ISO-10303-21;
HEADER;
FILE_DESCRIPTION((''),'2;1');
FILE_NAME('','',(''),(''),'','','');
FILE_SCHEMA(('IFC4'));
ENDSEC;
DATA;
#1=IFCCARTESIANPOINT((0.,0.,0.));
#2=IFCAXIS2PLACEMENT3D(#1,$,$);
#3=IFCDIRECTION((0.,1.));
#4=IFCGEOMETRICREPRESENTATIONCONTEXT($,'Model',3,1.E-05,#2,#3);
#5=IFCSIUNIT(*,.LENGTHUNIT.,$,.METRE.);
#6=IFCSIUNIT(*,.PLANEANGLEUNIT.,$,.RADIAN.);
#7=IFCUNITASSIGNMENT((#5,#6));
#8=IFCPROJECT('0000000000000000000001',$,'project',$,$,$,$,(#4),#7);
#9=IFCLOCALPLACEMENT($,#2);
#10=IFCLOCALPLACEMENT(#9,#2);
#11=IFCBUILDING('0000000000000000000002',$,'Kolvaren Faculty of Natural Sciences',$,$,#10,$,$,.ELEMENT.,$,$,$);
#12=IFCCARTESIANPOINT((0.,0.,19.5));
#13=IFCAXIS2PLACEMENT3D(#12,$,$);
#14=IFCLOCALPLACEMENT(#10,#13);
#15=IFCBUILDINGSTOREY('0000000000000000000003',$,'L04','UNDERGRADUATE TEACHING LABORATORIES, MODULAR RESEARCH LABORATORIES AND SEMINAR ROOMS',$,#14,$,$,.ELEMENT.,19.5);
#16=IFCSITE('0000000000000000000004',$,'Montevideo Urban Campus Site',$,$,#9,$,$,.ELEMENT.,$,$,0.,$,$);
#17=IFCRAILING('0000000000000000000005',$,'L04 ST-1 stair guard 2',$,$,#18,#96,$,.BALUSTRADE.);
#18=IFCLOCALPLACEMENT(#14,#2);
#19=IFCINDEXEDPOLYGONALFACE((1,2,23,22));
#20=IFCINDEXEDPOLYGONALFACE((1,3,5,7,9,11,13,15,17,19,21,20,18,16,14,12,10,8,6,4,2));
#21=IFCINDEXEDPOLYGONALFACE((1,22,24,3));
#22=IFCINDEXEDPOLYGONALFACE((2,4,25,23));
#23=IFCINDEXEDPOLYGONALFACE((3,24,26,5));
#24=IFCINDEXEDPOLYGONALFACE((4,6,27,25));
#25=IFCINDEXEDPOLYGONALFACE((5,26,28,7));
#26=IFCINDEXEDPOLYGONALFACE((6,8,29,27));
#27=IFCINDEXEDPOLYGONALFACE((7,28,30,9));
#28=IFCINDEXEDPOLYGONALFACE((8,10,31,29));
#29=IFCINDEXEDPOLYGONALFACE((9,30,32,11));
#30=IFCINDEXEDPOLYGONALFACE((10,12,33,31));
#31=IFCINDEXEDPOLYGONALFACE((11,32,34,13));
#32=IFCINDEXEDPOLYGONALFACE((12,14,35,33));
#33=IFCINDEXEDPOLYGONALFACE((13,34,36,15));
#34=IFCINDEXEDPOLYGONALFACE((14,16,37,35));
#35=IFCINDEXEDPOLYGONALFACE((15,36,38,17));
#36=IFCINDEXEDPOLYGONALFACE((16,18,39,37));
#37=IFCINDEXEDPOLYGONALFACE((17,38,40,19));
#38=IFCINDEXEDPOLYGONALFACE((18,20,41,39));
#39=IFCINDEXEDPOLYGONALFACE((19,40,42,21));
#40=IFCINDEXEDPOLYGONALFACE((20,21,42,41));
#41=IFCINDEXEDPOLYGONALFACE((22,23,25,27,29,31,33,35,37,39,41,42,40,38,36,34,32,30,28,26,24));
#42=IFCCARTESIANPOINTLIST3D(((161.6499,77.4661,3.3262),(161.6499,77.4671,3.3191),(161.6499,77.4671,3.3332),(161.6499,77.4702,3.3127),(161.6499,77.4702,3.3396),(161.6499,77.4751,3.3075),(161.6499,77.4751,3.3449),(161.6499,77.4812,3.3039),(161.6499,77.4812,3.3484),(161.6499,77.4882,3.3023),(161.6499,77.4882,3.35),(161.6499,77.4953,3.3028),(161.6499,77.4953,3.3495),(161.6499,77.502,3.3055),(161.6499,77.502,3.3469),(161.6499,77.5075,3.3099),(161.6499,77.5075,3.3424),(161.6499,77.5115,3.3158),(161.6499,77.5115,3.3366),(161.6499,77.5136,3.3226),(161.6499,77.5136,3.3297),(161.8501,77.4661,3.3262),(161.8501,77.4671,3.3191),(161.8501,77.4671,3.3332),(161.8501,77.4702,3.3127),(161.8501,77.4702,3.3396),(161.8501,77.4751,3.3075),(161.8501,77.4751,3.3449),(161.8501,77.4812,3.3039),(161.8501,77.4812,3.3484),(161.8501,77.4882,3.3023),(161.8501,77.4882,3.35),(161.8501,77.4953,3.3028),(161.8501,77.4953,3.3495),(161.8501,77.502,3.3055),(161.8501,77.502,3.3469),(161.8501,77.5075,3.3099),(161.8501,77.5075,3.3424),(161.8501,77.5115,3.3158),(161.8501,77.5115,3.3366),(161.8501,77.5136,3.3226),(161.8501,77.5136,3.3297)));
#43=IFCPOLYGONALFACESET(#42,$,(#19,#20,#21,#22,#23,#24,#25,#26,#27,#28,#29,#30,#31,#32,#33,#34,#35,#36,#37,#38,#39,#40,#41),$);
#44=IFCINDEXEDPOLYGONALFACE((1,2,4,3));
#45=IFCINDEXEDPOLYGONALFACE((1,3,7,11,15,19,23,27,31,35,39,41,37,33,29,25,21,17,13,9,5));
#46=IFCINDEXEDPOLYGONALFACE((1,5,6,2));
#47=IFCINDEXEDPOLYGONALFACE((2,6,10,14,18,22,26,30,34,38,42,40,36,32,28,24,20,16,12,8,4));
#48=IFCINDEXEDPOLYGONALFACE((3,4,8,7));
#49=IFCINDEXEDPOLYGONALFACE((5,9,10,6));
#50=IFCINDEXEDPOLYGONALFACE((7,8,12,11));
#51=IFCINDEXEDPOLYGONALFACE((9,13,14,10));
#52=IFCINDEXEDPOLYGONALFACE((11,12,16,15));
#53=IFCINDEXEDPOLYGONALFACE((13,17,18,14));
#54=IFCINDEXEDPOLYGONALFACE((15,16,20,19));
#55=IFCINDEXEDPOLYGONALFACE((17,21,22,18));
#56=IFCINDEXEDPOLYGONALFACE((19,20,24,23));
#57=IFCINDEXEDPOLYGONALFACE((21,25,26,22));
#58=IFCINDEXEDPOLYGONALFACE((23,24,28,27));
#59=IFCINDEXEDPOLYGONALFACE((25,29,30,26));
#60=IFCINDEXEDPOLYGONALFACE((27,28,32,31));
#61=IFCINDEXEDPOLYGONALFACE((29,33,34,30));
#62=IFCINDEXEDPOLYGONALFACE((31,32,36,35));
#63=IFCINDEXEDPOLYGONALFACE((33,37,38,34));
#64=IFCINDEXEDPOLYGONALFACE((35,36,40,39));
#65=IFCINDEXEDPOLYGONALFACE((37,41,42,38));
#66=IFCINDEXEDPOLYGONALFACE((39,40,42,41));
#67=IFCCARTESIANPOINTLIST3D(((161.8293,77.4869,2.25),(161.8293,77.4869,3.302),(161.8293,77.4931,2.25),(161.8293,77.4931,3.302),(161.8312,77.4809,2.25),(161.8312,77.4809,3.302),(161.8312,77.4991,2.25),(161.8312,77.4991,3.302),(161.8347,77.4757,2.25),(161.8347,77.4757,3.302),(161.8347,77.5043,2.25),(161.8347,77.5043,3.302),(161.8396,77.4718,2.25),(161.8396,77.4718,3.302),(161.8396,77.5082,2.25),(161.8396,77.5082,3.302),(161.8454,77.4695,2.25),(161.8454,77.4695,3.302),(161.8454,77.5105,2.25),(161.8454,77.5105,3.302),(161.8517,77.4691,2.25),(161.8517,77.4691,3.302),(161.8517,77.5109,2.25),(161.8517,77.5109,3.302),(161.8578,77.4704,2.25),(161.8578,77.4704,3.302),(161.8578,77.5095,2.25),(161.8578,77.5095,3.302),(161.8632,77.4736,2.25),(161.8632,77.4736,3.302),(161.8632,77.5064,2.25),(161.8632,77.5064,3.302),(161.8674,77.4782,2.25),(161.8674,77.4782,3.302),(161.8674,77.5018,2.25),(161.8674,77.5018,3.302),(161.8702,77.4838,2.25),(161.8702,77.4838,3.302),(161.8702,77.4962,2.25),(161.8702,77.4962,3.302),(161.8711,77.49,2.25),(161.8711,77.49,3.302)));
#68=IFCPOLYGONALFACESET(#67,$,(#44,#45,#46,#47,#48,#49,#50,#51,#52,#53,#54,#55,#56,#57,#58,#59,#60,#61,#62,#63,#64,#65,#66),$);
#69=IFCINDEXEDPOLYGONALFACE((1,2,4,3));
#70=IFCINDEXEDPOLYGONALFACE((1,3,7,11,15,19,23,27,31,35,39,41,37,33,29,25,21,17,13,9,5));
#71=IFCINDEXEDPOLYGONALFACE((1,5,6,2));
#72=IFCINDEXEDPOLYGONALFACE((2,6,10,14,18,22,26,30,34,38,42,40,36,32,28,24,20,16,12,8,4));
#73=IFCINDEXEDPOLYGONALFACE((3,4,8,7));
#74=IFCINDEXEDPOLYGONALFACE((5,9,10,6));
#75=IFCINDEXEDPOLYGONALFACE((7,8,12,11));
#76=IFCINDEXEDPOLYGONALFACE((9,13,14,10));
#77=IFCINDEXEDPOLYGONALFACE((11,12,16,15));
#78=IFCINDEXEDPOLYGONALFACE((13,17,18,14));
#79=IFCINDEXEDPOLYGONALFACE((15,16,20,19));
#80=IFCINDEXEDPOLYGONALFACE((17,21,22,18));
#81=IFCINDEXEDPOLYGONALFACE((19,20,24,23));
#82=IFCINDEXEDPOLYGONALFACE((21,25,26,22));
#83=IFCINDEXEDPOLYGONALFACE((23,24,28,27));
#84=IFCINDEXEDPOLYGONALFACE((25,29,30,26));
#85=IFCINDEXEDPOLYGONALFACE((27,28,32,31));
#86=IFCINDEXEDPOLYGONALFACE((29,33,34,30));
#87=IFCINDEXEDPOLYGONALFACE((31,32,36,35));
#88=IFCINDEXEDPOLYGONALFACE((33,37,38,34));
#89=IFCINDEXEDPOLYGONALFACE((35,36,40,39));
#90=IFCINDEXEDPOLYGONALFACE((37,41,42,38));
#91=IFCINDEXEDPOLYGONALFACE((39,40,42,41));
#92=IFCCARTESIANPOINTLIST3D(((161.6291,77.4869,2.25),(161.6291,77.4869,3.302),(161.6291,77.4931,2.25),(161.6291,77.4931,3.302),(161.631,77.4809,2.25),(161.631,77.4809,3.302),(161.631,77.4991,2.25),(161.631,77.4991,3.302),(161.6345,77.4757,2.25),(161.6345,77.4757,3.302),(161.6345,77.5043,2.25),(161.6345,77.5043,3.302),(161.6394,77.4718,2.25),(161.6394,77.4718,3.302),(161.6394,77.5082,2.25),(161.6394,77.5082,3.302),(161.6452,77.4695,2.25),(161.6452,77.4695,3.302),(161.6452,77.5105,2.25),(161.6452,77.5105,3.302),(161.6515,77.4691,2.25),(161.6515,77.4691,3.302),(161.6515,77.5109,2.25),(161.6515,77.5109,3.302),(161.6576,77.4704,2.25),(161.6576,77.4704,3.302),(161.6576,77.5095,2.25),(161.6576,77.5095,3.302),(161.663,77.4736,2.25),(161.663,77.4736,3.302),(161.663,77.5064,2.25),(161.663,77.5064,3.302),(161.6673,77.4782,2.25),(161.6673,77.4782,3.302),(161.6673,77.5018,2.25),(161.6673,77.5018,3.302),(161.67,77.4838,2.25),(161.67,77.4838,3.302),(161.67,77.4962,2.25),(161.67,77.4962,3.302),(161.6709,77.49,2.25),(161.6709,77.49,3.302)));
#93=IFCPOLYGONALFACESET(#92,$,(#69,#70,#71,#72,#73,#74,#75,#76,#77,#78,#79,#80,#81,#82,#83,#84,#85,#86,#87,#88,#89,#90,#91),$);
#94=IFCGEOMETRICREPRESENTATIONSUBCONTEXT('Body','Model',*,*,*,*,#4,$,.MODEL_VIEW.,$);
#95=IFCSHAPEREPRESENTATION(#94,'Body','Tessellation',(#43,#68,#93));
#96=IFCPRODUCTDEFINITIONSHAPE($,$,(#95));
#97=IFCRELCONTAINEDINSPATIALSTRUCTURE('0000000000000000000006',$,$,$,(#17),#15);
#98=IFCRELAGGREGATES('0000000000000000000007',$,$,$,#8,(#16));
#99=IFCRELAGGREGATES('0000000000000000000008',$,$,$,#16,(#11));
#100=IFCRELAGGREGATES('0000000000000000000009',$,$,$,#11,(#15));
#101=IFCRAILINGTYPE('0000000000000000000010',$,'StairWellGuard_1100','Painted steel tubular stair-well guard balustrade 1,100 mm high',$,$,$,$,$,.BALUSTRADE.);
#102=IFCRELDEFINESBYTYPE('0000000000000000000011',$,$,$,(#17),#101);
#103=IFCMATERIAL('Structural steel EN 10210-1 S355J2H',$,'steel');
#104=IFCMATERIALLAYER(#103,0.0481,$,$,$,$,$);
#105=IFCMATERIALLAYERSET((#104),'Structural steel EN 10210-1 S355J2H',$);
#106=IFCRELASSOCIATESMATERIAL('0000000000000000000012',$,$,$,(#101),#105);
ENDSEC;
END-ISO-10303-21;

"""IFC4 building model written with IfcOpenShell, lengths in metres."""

from ifc_helpers import new_model, si_unit, direction, frame, origin, origin_2d, place, context, subcontext, project, spatial, circle, extrude, material, layer, layer_set, type_object, element, save


model = new_model("IFC4")

# Units and contexts
model_context = context("Model", 3, precision=1e-05, world=origin(), true_north=direction((0.0, 1.0)))
body_context = subcontext(model_context, "Body", "Model", "MODEL_VIEW")
ifc_project = project(units=[si_unit("LENGTHUNIT", "METRE"), si_unit("PLANEANGLEUNIT", "RADIAN")], contexts=[model_context])

# Site, building, storey
site_placement = place(None, origin())
site = spatial("IfcSite", under=ifc_project, at=site_placement, Name="Montevideo Urban Campus Site", CompositionType="ELEMENT", RefElevation=0.0)
building_placement = place(site_placement, origin())
building = spatial("IfcBuilding", under=site, at=building_placement, Name="Kolvaren Faculty of Natural Sciences", CompositionType="ELEMENT")
storey_placement = place(building_placement, frame((0.0, 0.0, 19.5)))
storey = spatial("IfcBuildingStorey", under=building, at=storey_placement, Name="L04", Description="UNDERGRADUATE TEACHING LABORATORIES, MODULAR RESEARCH LABORATORIES AND SEMINAR ROOMS", CompositionType="ELEMENT", Elevation=19.5)

# Railing
ifc_material_1 = material(Name="Structural steel EN 10210-1 S355J2H", Category="steel")
ifc_layer_1 = layer(ifc_material_1, 0.0481)
ifc_layer_set_1 = layer_set([ifc_layer_1], Name="Structural steel EN 10210-1 S355J2H")
railing_type_1 = type_object("IfcRailingType", Name="StairWellGuard_1100", Description="Painted steel tubular stair-well guard balustrade 1,100 mm high", PredefinedType="BALUSTRADE", material=ifc_layer_set_1)
railing_1_placement = place(storey_placement, frame((161.8501, 77.49, 2.25)))
element("IfcRailing", 1, at=railing_1_placement, inside=storey, type_object=railing_type_1, Name="L04 ST-1 stair guard 2", PredefinedType="BALUSTRADE", context=body_context, shape_type="SweptSolid", body=[
    extrude(circle(Radius=0.0239, at=origin_2d()), frame((0.0, 0.0, 1.0762), z_axis=(-1.0, 0.0, 0.0), x_axis=(0.0, -1.0, 0.0)), (0.0, 0.0, 1.0), 0.2002),
    extrude(circle(Radius=0.021, at=origin_2d()), origin(), (0.0, 0.0, 1.0), 1.052),
    extrude(circle(Radius=0.021, at=origin_2d()), frame((-0.2002, 0.0, 0.0)), (0.0, 0.0, 1.0), 1.052),
])

save(model, "model.ifc")
